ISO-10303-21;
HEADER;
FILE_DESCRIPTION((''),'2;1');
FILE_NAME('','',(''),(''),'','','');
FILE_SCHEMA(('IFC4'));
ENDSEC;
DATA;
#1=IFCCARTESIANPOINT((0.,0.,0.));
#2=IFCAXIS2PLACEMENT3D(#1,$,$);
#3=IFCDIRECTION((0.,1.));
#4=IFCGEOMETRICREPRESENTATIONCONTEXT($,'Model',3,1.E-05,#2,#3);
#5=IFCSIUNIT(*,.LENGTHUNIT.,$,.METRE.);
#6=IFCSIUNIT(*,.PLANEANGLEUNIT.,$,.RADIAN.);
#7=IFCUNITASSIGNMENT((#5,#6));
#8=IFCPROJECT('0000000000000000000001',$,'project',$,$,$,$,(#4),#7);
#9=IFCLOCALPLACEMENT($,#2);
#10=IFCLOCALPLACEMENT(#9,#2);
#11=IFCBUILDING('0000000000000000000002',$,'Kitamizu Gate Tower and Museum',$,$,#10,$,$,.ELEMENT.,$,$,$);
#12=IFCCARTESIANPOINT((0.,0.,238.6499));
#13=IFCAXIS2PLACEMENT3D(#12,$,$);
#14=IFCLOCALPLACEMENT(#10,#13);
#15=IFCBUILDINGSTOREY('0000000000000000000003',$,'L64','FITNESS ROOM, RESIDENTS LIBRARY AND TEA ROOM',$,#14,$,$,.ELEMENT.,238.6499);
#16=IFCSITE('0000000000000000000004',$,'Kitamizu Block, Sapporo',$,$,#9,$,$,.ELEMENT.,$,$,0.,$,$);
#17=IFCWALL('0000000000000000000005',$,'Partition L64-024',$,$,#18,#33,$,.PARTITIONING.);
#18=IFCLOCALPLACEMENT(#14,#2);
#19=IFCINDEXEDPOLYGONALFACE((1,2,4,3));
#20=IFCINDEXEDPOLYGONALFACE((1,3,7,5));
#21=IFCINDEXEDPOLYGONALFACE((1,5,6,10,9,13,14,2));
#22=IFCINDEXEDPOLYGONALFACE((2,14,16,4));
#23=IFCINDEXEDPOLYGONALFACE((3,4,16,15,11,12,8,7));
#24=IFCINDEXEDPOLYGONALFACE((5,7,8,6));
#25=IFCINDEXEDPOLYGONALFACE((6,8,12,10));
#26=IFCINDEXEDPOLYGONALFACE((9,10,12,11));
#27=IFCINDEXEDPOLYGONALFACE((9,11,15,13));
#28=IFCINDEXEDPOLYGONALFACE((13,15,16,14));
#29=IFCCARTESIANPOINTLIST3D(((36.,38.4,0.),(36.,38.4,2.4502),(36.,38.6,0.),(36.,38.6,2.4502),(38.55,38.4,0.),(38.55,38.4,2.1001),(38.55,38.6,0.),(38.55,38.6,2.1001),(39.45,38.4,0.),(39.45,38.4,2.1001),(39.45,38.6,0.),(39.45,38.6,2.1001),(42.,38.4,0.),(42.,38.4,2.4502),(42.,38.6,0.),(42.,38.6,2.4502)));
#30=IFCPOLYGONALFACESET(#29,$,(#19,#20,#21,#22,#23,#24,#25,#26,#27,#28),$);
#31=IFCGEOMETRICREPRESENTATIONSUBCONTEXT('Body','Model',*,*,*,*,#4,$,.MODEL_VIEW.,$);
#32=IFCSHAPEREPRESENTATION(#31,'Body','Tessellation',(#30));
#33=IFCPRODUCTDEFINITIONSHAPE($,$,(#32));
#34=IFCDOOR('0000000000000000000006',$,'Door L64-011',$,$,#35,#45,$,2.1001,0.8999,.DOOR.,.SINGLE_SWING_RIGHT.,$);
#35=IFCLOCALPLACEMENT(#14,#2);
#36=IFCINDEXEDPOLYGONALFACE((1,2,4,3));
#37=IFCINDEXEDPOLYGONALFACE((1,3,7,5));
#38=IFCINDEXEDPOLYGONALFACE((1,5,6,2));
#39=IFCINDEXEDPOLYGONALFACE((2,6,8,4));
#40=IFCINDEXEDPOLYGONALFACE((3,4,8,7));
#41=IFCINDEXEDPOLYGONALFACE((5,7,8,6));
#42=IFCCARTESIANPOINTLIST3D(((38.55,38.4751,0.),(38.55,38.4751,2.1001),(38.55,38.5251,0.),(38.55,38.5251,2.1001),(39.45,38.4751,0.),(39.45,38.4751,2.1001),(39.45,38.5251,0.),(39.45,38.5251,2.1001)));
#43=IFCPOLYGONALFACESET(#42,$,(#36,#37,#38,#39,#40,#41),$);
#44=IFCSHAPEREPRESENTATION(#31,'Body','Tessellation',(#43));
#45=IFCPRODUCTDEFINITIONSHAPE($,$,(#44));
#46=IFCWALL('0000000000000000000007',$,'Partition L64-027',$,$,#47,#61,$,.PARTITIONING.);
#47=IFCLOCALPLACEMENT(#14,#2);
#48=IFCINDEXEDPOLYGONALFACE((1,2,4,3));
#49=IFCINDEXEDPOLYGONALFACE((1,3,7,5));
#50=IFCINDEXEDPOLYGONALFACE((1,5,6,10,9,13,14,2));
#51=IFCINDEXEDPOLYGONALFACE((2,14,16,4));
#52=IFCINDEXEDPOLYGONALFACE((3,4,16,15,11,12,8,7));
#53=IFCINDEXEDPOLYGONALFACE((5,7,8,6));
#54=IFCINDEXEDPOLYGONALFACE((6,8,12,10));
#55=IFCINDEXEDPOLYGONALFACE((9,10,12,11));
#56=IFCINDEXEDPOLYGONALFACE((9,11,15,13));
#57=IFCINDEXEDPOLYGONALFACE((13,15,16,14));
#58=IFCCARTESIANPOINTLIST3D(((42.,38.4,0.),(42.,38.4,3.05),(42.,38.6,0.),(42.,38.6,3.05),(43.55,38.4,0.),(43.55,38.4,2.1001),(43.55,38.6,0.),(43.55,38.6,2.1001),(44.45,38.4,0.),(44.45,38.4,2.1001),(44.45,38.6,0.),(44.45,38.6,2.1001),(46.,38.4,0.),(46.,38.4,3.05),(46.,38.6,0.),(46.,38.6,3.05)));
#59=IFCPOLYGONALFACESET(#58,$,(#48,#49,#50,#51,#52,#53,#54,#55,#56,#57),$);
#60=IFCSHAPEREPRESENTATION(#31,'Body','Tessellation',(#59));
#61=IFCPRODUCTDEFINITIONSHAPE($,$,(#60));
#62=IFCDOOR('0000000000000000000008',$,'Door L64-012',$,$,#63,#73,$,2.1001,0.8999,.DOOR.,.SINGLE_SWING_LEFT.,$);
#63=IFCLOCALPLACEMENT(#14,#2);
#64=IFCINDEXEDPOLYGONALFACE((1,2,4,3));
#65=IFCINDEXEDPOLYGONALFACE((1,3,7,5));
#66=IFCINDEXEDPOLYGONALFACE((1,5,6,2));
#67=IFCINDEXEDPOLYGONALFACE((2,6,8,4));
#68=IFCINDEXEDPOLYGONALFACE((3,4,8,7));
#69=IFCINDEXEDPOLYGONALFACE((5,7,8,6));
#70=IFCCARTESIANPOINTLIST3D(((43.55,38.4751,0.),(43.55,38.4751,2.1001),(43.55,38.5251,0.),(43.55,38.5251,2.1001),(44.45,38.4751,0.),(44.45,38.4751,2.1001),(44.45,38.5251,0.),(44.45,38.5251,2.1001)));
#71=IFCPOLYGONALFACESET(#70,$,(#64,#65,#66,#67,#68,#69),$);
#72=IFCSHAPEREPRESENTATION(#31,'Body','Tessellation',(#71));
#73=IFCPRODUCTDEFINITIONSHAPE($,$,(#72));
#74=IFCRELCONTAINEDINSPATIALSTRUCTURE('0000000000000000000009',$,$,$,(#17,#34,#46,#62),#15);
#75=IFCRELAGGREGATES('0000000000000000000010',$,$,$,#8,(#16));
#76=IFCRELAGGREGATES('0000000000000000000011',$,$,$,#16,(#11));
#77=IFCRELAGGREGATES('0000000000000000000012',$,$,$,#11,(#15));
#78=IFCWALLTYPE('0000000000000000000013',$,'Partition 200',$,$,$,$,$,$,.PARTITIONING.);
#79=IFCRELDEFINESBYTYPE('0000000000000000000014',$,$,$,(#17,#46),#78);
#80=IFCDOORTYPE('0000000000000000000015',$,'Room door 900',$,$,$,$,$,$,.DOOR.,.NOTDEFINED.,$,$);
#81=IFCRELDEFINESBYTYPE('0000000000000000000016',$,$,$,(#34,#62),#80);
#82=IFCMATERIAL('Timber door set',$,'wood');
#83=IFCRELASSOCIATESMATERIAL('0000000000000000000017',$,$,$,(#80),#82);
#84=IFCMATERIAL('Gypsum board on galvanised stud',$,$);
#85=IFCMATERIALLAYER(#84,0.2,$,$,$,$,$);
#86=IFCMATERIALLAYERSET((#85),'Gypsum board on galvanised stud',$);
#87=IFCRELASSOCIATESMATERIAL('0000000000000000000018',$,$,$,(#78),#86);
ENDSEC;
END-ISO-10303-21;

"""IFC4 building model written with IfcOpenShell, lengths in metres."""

from ifc_helpers import new_model, si_unit, direction, frame, frame_2d, origin, place, context, subcontext, project, spatial, rectangle, extrude, material, layer, layer_set, type_object, element, fill, save


model = new_model("IFC4")

# Units and contexts
model_context = context("Model", 3, precision=1e-05, world=origin(), true_north=direction((0.0, 1.0)))
body_context = subcontext(model_context, "Body", "Model", "MODEL_VIEW")
ifc_project = project(units=[si_unit("LENGTHUNIT", "METRE"), si_unit("PLANEANGLEUNIT", "RADIAN")], contexts=[model_context])

# Site, building, storey
site_placement = place(None, origin())
site = spatial("IfcSite", under=ifc_project, at=site_placement, Name="Kitamizu Block, Sapporo", CompositionType="ELEMENT", RefElevation=0.0)
building_placement = place(site_placement, origin())
building = spatial("IfcBuilding", under=site, at=building_placement, Name="Kitamizu Gate Tower and Museum", CompositionType="ELEMENT")
storey_placement = place(building_placement, frame((0.0, 0.0, 238.6499)))
storey = spatial("IfcBuildingStorey", under=building, at=storey_placement, Name="L64", Description="FITNESS ROOM, RESIDENTS LIBRARY AND TEA ROOM", CompositionType="ELEMENT", Elevation=238.6499)

# Shared definitions
ifc_material_1 = material(Name="Timber door set", Category="wood")
door_type_1 = type_object("IfcDoorType", Name="Room door 900", OperationType="NOTDEFINED", PredefinedType="DOOR", material=ifc_material_1)

# Shared definitions
ifc_material_2 = material(Name="Gypsum board on galvanised stud")
ifc_layer_1 = layer(ifc_material_2, 0.2)
ifc_layer_set_1 = layer_set([ifc_layer_1], Name="Gypsum board on galvanised stud")
wall_type_1 = type_object("IfcWallType", Name="Partition 200", PredefinedType="PARTITIONING", material=ifc_layer_set_1)

# Walls, openings, doors
wall_1_placement = place(storey_placement, frame((42.0, 38.5, 0.0), z_axis=(0.0, 0.0, 1.0), x_axis=(-1.0, 0.0, 0.0)))
wall_1 = element("IfcWall", 1, at=wall_1_placement, inside=storey, type_object=wall_type_1, Name="Partition L64-024", PredefinedType="PARTITIONING", context=body_context, shape_type="SweptSolid", body=[
    extrude(rectangle(XDim=6.0, YDim=0.2, at=frame_2d((3.0, 0.0))), origin(), (0.0, 0.0, 1.0), 2.4502),
])
opening_1_placement = place(wall_1_placement, frame((2.55, 0.0, 0.0)))
opening_1 = element("IfcOpeningElement", 2, at=opening_1_placement, cuts=wall_1, PredefinedType="OPENING", context=body_context, shape_type="SweptSolid", body=[
    extrude(rectangle(XDim=0.8999, YDim=2.1001, at=frame_2d((0.45, 1.05))), frame((0.0, 0.1099, 0.0), z_axis=(0.0, -1.0, 0.0), x_axis=(1.0, 0.0, 0.0)), (0.0, 0.0, 1.0), 0.22),
])
door_1_placement = place(opening_1_placement, origin())
door_1 = element("IfcDoor", 3, at=door_1_placement, inside=storey, type_object=door_type_1, Name="Door L64-011", OperationType="SINGLE_SWING_RIGHT", OverallHeight=2.1001, OverallWidth=0.8999, PredefinedType="DOOR", context=body_context, shape_type="SweptSolid", body=[
    extrude(rectangle(XDim=0.8999, YDim=2.1001, at=frame_2d((0.45, 1.05))), frame((0.0, 0.0249, 0.0), z_axis=(0.0, -1.0, 0.0), x_axis=(1.0, 0.0, 0.0)), (0.0, 0.0, 1.0), 0.05),
])
fill(opening_1, door_1)
wall_2_placement = place(storey_placement, frame((46.0, 38.5, 0.0), z_axis=(0.0, 0.0, 1.0), x_axis=(-1.0, 0.0, 0.0)))
wall_2 = element("IfcWall", 4, at=wall_2_placement, inside=storey, type_object=wall_type_1, Name="Partition L64-027", PredefinedType="PARTITIONING", context=body_context, shape_type="SweptSolid", body=[
    extrude(rectangle(XDim=4.0, YDim=0.2, at=frame_2d((2.0, 0.0))), origin(), (0.0, 0.0, 1.0), 3.05),
])
opening_2_placement = place(wall_2_placement, frame((1.55, 0.0, 0.0)))
opening_2 = element("IfcOpeningElement", 5, at=opening_2_placement, cuts=wall_2, PredefinedType="OPENING", context=body_context, shape_type="SweptSolid", body=[
    extrude(rectangle(XDim=0.8999, YDim=2.1001, at=frame_2d((0.45, 1.05))), frame((0.0, 0.1099, 0.0), z_axis=(0.0, -1.0, 0.0), x_axis=(1.0, 0.0, 0.0)), (0.0, 0.0, 1.0), 0.22),
])
door_2_placement = place(opening_2_placement, origin())
door_2 = element("IfcDoor", 6, at=door_2_placement, inside=storey, type_object=door_type_1, Name="Door L64-012", OperationType="SINGLE_SWING_LEFT", OverallHeight=2.1001, OverallWidth=0.8999, PredefinedType="DOOR", context=body_context, shape_type="SweptSolid", body=[
    extrude(rectangle(XDim=0.8999, YDim=2.1001, at=frame_2d((0.45, 1.05))), frame((0.0, 0.0249, 0.0), z_axis=(0.0, -1.0, 0.0), x_axis=(1.0, 0.0, 0.0)), (0.0, 0.0, 1.0), 0.05),
])
fill(opening_2, door_2)

save(model, "model.ifc")
